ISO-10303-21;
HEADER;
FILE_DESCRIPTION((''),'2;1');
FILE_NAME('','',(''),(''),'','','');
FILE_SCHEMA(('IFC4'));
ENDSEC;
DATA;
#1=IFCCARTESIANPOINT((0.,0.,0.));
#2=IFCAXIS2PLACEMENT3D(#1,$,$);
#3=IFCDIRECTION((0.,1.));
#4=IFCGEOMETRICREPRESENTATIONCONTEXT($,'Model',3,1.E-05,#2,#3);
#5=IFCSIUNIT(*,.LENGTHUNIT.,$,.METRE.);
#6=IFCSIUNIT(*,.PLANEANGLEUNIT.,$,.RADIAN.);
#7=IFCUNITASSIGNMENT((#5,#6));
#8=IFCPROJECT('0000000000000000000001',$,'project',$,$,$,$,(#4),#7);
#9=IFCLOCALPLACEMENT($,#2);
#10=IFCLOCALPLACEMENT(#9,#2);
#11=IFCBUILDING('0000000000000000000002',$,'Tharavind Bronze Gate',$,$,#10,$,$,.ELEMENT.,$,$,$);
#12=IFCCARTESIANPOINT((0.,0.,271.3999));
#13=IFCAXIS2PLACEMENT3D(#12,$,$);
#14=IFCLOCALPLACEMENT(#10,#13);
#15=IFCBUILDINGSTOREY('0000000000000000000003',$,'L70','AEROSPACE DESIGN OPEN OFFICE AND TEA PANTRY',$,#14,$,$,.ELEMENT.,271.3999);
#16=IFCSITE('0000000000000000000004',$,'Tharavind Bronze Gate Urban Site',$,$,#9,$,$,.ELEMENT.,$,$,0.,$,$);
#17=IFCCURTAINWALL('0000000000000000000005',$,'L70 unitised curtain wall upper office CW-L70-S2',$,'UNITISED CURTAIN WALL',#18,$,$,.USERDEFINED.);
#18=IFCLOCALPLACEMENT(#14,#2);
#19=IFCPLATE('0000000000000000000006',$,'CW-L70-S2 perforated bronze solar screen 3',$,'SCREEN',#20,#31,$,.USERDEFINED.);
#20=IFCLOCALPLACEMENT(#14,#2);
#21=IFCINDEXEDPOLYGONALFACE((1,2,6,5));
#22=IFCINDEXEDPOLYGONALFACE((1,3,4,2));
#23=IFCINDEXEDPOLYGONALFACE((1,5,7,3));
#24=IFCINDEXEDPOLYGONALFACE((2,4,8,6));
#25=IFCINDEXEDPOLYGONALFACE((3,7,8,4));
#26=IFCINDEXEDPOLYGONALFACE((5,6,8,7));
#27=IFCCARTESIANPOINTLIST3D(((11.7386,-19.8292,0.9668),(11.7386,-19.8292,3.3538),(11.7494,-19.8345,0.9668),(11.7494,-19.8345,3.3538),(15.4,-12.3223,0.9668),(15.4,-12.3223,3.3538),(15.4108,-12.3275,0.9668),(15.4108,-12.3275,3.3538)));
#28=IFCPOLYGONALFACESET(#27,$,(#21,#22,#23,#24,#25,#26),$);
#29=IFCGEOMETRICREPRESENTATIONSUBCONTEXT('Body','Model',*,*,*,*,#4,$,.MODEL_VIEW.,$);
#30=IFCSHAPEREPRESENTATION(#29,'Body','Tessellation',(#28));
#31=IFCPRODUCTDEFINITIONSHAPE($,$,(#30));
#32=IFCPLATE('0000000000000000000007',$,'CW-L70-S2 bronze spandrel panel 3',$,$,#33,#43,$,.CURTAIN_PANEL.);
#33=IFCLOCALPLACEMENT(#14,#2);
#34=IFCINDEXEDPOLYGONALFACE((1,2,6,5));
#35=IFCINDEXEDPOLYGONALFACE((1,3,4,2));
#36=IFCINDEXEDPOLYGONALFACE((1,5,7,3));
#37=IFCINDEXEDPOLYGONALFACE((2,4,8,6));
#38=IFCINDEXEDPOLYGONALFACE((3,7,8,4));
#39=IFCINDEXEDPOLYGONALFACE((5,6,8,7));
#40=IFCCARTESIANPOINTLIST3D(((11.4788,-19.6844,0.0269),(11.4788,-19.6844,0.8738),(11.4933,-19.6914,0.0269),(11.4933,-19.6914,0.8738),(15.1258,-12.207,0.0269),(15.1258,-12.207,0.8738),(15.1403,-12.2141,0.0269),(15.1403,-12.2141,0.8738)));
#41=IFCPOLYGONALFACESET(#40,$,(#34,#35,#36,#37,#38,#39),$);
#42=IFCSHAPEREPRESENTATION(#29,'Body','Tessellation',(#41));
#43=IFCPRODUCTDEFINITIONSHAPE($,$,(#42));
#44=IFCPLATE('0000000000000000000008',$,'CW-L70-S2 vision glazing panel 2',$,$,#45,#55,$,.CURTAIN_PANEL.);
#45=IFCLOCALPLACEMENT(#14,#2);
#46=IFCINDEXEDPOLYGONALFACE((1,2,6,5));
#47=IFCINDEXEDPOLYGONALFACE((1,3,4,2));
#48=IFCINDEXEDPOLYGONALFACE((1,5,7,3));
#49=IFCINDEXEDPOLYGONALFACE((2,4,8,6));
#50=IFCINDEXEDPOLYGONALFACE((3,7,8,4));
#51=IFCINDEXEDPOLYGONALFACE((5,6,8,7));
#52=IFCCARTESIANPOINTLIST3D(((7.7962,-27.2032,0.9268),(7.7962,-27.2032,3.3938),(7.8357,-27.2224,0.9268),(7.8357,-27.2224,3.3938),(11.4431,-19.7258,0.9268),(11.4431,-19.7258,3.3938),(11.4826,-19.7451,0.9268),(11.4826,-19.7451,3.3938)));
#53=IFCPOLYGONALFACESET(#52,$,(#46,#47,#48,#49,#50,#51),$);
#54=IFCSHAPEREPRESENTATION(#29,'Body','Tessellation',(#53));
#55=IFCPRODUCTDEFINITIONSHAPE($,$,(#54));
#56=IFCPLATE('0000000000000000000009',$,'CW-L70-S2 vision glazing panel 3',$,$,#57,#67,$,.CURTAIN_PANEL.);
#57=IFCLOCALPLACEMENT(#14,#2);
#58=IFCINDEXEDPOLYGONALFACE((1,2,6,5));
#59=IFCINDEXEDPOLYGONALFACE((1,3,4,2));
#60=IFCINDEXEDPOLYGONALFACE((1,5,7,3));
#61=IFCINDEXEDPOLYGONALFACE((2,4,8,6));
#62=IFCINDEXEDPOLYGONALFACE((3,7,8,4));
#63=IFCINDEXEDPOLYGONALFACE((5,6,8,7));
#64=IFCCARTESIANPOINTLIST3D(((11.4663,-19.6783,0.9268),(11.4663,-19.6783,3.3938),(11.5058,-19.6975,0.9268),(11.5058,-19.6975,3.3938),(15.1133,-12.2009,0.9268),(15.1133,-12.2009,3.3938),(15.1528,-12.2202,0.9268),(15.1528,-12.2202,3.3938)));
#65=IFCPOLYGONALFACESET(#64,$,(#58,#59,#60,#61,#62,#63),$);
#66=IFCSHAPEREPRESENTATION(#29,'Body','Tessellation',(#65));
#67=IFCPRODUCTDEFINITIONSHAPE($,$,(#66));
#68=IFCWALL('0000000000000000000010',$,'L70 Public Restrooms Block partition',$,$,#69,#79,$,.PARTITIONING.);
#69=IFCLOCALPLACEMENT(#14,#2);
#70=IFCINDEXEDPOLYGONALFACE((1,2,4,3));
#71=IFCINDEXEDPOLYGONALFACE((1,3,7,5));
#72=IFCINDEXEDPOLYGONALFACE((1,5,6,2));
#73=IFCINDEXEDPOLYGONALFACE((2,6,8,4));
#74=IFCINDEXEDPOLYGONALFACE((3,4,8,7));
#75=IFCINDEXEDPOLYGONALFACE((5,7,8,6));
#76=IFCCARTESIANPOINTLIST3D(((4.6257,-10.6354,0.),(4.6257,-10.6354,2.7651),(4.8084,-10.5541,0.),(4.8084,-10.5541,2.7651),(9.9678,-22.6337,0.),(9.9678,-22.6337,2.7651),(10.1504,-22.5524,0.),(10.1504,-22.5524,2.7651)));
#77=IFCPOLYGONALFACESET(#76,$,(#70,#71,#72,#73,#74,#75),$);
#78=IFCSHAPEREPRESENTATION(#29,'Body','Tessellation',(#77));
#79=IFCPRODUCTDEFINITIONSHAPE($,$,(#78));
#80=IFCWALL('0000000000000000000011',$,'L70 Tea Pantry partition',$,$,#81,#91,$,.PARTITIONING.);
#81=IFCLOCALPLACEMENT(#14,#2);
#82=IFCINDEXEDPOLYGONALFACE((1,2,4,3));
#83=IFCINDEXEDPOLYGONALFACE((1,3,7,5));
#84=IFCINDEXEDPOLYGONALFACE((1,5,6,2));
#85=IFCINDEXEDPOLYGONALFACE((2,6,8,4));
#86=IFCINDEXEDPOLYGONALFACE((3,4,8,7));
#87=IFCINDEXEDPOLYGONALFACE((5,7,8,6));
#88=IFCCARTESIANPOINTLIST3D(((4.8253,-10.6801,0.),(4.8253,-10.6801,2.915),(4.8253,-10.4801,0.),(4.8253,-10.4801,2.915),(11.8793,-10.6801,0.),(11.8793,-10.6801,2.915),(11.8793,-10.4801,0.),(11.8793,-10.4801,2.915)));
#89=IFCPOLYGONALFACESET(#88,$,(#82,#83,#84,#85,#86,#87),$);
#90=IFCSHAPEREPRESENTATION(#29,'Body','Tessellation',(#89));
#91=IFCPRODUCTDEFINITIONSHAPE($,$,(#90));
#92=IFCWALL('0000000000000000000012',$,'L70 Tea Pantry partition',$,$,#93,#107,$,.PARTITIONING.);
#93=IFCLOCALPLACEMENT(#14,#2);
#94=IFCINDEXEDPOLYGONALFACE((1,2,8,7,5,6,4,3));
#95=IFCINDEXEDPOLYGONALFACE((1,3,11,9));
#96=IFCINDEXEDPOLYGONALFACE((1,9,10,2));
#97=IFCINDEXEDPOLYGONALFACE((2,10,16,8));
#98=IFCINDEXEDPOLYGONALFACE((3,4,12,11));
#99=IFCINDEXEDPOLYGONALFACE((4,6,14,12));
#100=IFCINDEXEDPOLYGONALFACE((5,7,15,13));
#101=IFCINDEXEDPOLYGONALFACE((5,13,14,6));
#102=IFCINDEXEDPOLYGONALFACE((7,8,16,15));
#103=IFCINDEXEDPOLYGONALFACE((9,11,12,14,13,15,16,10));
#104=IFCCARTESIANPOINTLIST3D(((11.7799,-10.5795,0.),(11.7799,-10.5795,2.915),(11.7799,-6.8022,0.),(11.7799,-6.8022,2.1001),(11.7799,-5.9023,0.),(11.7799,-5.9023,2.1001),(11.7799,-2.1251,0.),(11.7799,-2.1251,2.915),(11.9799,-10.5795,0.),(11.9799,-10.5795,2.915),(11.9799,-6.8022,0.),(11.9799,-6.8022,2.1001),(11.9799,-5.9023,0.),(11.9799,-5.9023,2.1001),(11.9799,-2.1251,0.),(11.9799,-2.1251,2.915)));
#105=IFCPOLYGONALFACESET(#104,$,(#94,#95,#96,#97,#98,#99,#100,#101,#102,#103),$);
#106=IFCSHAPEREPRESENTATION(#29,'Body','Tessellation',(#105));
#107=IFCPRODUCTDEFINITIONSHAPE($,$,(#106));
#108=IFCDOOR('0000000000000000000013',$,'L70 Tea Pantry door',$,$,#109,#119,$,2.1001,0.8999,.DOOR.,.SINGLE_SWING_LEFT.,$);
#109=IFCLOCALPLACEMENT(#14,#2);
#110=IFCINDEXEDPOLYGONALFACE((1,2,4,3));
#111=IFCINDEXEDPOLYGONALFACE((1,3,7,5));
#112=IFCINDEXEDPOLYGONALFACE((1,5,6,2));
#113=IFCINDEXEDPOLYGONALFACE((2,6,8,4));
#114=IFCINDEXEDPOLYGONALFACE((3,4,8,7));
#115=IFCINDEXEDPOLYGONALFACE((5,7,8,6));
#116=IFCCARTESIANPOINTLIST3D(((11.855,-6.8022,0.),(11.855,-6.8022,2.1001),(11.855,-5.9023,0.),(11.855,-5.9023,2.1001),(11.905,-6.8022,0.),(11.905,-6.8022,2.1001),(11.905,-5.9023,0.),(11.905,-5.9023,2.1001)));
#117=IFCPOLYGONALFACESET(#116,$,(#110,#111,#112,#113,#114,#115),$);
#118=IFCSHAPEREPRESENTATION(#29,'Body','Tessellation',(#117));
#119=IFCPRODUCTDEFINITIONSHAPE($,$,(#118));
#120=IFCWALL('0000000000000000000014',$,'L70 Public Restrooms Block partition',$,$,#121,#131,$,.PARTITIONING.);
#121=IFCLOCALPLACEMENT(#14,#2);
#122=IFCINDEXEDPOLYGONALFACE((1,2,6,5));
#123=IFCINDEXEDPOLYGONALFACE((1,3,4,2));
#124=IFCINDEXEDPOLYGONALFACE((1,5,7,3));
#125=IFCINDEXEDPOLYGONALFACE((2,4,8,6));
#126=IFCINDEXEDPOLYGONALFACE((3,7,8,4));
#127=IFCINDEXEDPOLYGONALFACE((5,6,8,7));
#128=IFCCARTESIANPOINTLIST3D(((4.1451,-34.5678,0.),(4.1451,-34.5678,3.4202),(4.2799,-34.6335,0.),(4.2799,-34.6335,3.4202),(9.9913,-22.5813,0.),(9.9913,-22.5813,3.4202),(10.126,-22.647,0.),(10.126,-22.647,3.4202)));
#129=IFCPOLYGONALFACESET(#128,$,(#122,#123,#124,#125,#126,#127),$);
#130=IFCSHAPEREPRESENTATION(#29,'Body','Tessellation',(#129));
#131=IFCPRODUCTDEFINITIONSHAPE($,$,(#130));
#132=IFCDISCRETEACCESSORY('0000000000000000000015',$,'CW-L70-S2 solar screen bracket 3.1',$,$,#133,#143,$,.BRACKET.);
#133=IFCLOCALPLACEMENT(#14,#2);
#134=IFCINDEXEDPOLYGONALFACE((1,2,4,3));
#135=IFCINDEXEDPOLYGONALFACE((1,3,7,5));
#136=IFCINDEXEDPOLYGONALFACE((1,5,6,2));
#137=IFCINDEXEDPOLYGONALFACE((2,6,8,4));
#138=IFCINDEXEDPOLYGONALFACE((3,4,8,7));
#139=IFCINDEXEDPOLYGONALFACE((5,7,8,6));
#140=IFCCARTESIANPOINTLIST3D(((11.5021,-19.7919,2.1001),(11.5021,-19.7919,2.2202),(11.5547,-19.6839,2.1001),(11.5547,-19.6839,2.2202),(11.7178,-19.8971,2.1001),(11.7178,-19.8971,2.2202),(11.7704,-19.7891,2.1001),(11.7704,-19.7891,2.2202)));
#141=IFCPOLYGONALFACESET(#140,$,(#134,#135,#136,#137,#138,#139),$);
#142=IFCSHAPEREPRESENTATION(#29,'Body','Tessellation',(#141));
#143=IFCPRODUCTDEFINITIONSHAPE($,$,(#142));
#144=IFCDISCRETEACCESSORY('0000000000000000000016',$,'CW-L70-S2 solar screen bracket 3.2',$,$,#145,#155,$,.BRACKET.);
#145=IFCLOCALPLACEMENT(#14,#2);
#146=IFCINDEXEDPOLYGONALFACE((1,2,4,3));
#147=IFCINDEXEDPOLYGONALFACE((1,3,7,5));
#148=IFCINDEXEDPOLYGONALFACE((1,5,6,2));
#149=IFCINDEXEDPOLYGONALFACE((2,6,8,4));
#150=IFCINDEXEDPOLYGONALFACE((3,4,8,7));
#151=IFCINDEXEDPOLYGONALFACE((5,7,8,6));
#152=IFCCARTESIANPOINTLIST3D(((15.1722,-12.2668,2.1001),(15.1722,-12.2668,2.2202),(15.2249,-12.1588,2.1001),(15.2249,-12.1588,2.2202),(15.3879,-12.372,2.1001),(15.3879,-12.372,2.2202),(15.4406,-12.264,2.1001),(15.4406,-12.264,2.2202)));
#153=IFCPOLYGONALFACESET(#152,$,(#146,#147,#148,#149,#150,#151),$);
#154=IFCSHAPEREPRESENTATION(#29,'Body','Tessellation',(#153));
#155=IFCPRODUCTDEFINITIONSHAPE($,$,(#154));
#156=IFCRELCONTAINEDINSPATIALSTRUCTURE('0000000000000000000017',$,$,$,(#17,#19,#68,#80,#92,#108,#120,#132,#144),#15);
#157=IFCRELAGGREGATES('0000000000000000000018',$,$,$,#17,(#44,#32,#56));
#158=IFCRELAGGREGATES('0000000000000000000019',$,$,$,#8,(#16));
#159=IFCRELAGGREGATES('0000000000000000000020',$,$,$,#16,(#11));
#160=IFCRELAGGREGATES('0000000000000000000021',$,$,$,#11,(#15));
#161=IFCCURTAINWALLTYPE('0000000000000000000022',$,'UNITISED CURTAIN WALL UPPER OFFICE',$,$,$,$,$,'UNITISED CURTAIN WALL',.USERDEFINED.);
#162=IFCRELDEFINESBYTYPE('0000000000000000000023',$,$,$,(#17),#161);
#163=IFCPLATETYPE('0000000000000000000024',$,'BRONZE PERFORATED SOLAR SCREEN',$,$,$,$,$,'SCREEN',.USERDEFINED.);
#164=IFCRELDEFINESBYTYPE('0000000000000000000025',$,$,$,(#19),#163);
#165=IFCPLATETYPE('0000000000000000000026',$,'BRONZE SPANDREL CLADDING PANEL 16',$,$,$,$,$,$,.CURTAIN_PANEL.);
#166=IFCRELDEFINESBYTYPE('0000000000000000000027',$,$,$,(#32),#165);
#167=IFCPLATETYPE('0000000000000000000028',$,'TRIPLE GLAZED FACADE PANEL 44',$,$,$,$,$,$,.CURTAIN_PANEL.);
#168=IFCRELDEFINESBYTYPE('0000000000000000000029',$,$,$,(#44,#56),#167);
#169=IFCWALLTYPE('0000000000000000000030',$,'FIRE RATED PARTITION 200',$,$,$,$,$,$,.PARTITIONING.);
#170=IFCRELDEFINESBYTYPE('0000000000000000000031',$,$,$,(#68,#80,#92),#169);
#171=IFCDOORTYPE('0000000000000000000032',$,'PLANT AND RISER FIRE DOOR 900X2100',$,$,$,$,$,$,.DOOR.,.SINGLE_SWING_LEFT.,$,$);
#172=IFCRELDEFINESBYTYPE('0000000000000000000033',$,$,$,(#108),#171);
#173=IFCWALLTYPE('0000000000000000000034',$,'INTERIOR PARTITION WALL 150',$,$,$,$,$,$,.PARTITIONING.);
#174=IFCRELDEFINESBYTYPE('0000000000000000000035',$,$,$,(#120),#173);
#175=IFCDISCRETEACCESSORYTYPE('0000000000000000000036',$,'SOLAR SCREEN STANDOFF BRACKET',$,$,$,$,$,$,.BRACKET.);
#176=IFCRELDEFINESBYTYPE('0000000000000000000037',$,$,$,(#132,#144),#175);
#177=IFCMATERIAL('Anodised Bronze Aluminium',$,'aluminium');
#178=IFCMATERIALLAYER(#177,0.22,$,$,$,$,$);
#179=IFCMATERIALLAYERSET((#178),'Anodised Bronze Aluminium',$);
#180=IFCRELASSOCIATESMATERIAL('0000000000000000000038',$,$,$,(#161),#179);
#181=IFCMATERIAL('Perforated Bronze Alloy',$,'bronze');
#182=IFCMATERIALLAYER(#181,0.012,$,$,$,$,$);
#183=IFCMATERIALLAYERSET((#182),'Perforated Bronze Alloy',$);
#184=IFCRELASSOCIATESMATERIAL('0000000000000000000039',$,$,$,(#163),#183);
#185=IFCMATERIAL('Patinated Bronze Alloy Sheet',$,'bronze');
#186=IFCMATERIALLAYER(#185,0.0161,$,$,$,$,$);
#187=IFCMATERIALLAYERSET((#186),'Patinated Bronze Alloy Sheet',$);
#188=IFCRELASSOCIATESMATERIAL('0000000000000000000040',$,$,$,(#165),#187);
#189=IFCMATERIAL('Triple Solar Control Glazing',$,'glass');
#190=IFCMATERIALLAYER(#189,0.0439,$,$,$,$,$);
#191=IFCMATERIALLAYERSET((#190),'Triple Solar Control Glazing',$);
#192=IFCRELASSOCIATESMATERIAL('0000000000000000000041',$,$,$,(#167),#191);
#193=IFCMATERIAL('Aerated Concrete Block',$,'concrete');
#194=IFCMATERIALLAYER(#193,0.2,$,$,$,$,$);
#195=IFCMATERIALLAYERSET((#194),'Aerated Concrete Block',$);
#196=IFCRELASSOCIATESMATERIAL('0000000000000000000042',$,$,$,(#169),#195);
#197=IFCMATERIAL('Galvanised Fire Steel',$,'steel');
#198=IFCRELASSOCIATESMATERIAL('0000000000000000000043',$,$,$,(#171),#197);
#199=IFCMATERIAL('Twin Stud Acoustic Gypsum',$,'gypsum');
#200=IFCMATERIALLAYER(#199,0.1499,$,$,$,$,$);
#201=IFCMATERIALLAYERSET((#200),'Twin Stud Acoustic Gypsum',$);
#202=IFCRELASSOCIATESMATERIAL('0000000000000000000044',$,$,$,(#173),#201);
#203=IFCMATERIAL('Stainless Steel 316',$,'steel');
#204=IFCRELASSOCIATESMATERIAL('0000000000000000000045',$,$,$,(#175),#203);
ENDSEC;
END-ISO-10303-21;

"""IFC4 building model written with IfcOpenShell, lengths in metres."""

from ifc_helpers import new_model, si_unit, direction, frame, frame_2d, origin, origin_2d, place, context, subcontext, project, spatial, rectangle, extrude, material, layer, layer_set, type_object, element, fill, aggregate, save


model = new_model("IFC4")

# Units and contexts
model_context = context("Model", 3, precision=1e-05, world=origin(), true_north=direction((0.0, 1.0)))
body_context = subcontext(model_context, "Body", "Model", "MODEL_VIEW")
ifc_project = project(units=[si_unit("LENGTHUNIT", "METRE"), si_unit("PLANEANGLEUNIT", "RADIAN")], contexts=[model_context])

# Site, building, storey
site_placement = place(None, origin())
site = spatial("IfcSite", under=ifc_project, at=site_placement, Name="Tharavind Bronze Gate Urban Site", CompositionType="ELEMENT", RefElevation=0.0)
building_placement = place(site_placement, origin())
building = spatial("IfcBuilding", under=site, at=building_placement, Name="Tharavind Bronze Gate", CompositionType="ELEMENT")
storey_placement = place(building_placement, frame((0.0, 0.0, 271.3999)))
storey = spatial("IfcBuildingStorey", under=building, at=storey_placement, Name="L70", Description="AEROSPACE DESIGN OPEN OFFICE AND TEA PANTRY", CompositionType="ELEMENT", Elevation=271.3999)

# Curtain wall
ifc_material_1 = material(Name="Anodised Bronze Aluminium", Category="aluminium")
ifc_layer_1 = layer(ifc_material_1, 0.22)
ifc_layer_set_1 = layer_set([ifc_layer_1], Name="Anodised Bronze Aluminium")
curtain_wall_type = type_object("IfcCurtainWallType", Name="UNITISED CURTAIN WALL UPPER OFFICE", ElementType="UNITISED CURTAIN WALL", PredefinedType="USERDEFINED", material=ifc_layer_set_1)
curtain_wall_placement = place(storey_placement, origin())
curtain_wall = element("IfcCurtainWall", 1, at=curtain_wall_placement, inside=storey, type_object=curtain_wall_type, Name="L70 unitised curtain wall upper office CW-L70-S2", ObjectType="UNITISED CURTAIN WALL", PredefinedType="USERDEFINED")

# Plates
ifc_material_2 = material(Name="Perforated Bronze Alloy", Category="bronze")
ifc_layer_2 = layer(ifc_material_2, 0.012)
ifc_layer_set_2 = layer_set([ifc_layer_2], Name="Perforated Bronze Alloy")
plate_type_1 = type_object("IfcPlateType", Name="BRONZE PERFORATED SOLAR SCREEN", ElementType="SCREEN", PredefinedType="USERDEFINED", material=ifc_layer_set_2)
plate_1_placement = place(storey_placement, frame((13.5747, -16.0784, 0.9668), z_axis=(0.0, 0.0, 1.0), x_axis=(0.438373, 0.898793, 0.0)))
element("IfcPlate", 2, at=plate_1_placement, inside=storey, type_object=plate_type_1, Name="CW-L70-S2 perforated bronze solar screen 3", ObjectType="SCREEN", PredefinedType="USERDEFINED", context=body_context, shape_type="SweptSolid", body=[
    extrude(rectangle(XDim=8.3523, YDim=0.012, at=origin_2d()), origin(), (0.0, 0.0, 1.0), 2.387),
])
ifc_material_3 = material(Name="Patinated Bronze Alloy Sheet", Category="bronze")
ifc_layer_3 = layer(ifc_material_3, 0.0161)
ifc_layer_set_3 = layer_set([ifc_layer_3], Name="Patinated Bronze Alloy Sheet")
plate_type_2 = type_object("IfcPlateType", Name="BRONZE SPANDREL CLADDING PANEL 16", PredefinedType="CURTAIN_PANEL", material=ifc_layer_set_3)
plate_2_placement = place(storey_placement, frame((13.3096, -15.9492, 0.0269), z_axis=(0.0, 0.0, 1.0), x_axis=(0.438373, 0.898793, 0.0)))
plate_2 = element("IfcPlate", 3, at=plate_2_placement, type_object=plate_type_2, Name="CW-L70-S2 bronze spandrel panel 3", PredefinedType="CURTAIN_PANEL", context=body_context, shape_type="SweptSolid", body=[
    extrude(rectangle(XDim=8.3193, YDim=0.0161, at=origin_2d()), origin(), (0.0, 0.0, 1.0), 0.8469),
])
ifc_material_4 = material(Name="Triple Solar Control Glazing", Category="glass")
ifc_layer_4 = layer(ifc_material_4, 0.0439)
ifc_layer_set_4 = layer_set([ifc_layer_4], Name="Triple Solar Control Glazing")
plate_type_3 = type_object("IfcPlateType", Name="TRIPLE GLAZED FACADE PANEL 44", PredefinedType="CURTAIN_PANEL", material=ifc_layer_set_4)
plate_3_placement = place(storey_placement, frame((9.6394, -23.4741, 0.9268), z_axis=(0.0, 0.0, 1.0), x_axis=(0.438373, 0.898793, 0.0)))
plate_3 = element("IfcPlate", 4, at=plate_3_placement, type_object=plate_type_3, Name="CW-L70-S2 vision glazing panel 2", PredefinedType="CURTAIN_PANEL", context=body_context, shape_type="SweptSolid", body=[
    extrude(rectangle(XDim=8.3193, YDim=0.0439, at=origin_2d()), origin(), (0.0, 0.0, 1.0), 2.467),
])
plate_4_placement = place(storey_placement, frame((13.3096, -15.9492, 0.9268), z_axis=(0.0, 0.0, 1.0), x_axis=(0.438373, 0.898793, 0.0)))
plate_4 = element("IfcPlate", 5, at=plate_4_placement, type_object=plate_type_3, Name="CW-L70-S2 vision glazing panel 3", PredefinedType="CURTAIN_PANEL", context=body_context, shape_type="SweptSolid", body=[
    extrude(rectangle(XDim=8.3193, YDim=0.0439, at=origin_2d()), origin(), (0.0, 0.0, 1.0), 2.467),
])
aggregate(curtain_wall, [plate_3, plate_2, plate_4])

# Walls
ifc_material_5 = material(Name="Aerated Concrete Block", Category="concrete")
ifc_layer_5 = layer(ifc_material_5, 0.2)
ifc_layer_set_5 = layer_set([ifc_layer_5], Name="Aerated Concrete Block")
wall_type_1 = type_object("IfcWallType", Name="FIRE RATED PARTITION 200", PredefinedType="PARTITIONING", material=ifc_layer_set_5)
wall_1_placement = place(storey_placement, frame((4.717, -10.5947, 0.0), z_axis=(0.0, 0.0, 1.0), x_axis=(0.40674, -0.913544, 0.0)))
element("IfcWall", 6, at=wall_1_placement, inside=storey, type_object=wall_type_1, Name="L70 Public Restrooms Block partition", PredefinedType="PARTITIONING", context=body_context, shape_type="SweptSolid", body=[
    extrude(rectangle(XDim=13.1338, YDim=0.2, at=frame_2d((6.5669, 0.0))), origin(), (0.0, 0.0, 1.0), 2.7651),
])
wall_2_placement = place(storey_placement, frame((4.8254, -10.5801, 0.0), z_axis=(0.0, 0.0, 1.0), x_axis=(1.0, 0.0, 0.0)))
element("IfcWall", 7, at=wall_2_placement, inside=storey, type_object=wall_type_1, Name="L70 Tea Pantry partition", PredefinedType="PARTITIONING", context=body_context, shape_type="SweptSolid", body=[
    extrude(rectangle(XDim=7.054, YDim=0.2, at=frame_2d((3.5269, 0.0))), origin(), (0.0, 0.0, 1.0), 2.915),
])

# Wall, opening, door
wall_3_placement = place(storey_placement, frame((11.8799, -10.5793, 0.0), z_axis=(0.0, 0.0, 1.0), x_axis=(0.0, 1.0, 0.0)))
wall_3 = element("IfcWall", 8, at=wall_3_placement, inside=storey, type_object=wall_type_1, Name="L70 Tea Pantry partition", PredefinedType="PARTITIONING", context=body_context, shape_type="SweptSolid", body=[
    extrude(rectangle(XDim=8.4543, YDim=0.2, at=frame_2d((4.2271, 0.0))), origin(), (0.0, 0.0, 1.0), 2.915),
])
opening_placement = place(wall_3_placement, frame((3.7771, 0.0, 0.0)))
opening = element("IfcOpeningElement", 9, at=opening_placement, cuts=wall_3, PredefinedType="OPENING", context=body_context, shape_type="SweptSolid", body=[
    extrude(rectangle(XDim=0.8999, YDim=2.1001, at=frame_2d((0.45, 1.05))), frame((0.0, 0.1101, 0.0), z_axis=(0.0, -1.0, 0.0), x_axis=(1.0, 0.0, 0.0)), (0.0, 0.0, 1.0), 0.22),
])
ifc_material_6 = material(Name="Galvanised Fire Steel", Category="steel")
door_type = type_object("IfcDoorType", Name="PLANT AND RISER FIRE DOOR 900X2100", OperationType="SINGLE_SWING_LEFT", PredefinedType="DOOR", material=ifc_material_6)
door_placement = place(opening_placement, origin())
door = element("IfcDoor", 10, at=door_placement, inside=storey, type_object=door_type, Name="L70 Tea Pantry door", OperationType="SINGLE_SWING_LEFT", OverallHeight=2.1001, OverallWidth=0.8999, PredefinedType="DOOR", context=body_context, shape_type="SweptSolid", body=[
    extrude(rectangle(XDim=0.8999, YDim=2.1001, at=frame_2d((0.45, 1.05))), frame((0.0, 0.0249, 0.0), z_axis=(0.0, -1.0, 0.0), x_axis=(1.0, 0.0, 0.0)), (0.0, 0.0, 1.0), 0.05),
])
fill(opening, door)

# Wall
ifc_material_7 = material(Name="Twin Stud Acoustic Gypsum", Category="gypsum")
ifc_layer_6 = layer(ifc_material_7, 0.1499)
ifc_layer_set_6 = layer_set([ifc_layer_6], Name="Twin Stud Acoustic Gypsum")
wall_type_2 = type_object("IfcWallType", Name="INTERIOR PARTITION WALL 150", PredefinedType="PARTITIONING", material=ifc_layer_set_6)
wall_4_placement = place(storey_placement, frame((10.0586, -22.6143, 0.0), z_axis=(0.0, 0.0, 1.0), x_axis=(-0.438368, -0.898796, 0.0)))
element("IfcWall", 11, at=wall_4_placement, inside=storey, type_object=wall_type_2, Name="L70 Public Restrooms Block partition", PredefinedType="PARTITIONING", context=body_context, shape_type="SweptSolid", body=[
    extrude(rectangle(XDim=13.3362, YDim=0.1499, at=frame_2d((6.668, 0.0))), origin(), (0.0, 0.0, 1.0), 3.4202),
])

# Discrete accessories
ifc_material_8 = material(Name="Stainless Steel 316", Category="steel")
discrete_accessory_type = type_object("IfcDiscreteAccessoryType", Name="SOLAR SCREEN STANDOFF BRACKET", PredefinedType="BRACKET", material=ifc_material_8)
for number, where, z_axis, x_axis, name in (
    (12, (11.6362, -19.7905, 2.1001), (0.0, 0.0, 1.0), (0.438373, 0.898793, 0.0), "CW-L70-S2 solar screen bracket 3.1"),
    (13, (15.3064, -12.2654, 2.1001), (0.0, 0.0, 1.0), (0.438373, 0.898793, 0.0), "CW-L70-S2 solar screen bracket 3.2"),
):
    element("IfcDiscreteAccessory", number, at=place(storey_placement, frame(where, z_axis=z_axis, x_axis=x_axis)), inside=storey, type_object=discrete_accessory_type, Name=name, PredefinedType="BRACKET", context=body_context, shape_type="SweptSolid", body=[
        extrude(rectangle(XDim=0.1201, YDim=0.24, at=origin_2d()), origin(), (0.0, 0.0, 1.0), 0.1201),
    ])

save(model, "model.ifc")
